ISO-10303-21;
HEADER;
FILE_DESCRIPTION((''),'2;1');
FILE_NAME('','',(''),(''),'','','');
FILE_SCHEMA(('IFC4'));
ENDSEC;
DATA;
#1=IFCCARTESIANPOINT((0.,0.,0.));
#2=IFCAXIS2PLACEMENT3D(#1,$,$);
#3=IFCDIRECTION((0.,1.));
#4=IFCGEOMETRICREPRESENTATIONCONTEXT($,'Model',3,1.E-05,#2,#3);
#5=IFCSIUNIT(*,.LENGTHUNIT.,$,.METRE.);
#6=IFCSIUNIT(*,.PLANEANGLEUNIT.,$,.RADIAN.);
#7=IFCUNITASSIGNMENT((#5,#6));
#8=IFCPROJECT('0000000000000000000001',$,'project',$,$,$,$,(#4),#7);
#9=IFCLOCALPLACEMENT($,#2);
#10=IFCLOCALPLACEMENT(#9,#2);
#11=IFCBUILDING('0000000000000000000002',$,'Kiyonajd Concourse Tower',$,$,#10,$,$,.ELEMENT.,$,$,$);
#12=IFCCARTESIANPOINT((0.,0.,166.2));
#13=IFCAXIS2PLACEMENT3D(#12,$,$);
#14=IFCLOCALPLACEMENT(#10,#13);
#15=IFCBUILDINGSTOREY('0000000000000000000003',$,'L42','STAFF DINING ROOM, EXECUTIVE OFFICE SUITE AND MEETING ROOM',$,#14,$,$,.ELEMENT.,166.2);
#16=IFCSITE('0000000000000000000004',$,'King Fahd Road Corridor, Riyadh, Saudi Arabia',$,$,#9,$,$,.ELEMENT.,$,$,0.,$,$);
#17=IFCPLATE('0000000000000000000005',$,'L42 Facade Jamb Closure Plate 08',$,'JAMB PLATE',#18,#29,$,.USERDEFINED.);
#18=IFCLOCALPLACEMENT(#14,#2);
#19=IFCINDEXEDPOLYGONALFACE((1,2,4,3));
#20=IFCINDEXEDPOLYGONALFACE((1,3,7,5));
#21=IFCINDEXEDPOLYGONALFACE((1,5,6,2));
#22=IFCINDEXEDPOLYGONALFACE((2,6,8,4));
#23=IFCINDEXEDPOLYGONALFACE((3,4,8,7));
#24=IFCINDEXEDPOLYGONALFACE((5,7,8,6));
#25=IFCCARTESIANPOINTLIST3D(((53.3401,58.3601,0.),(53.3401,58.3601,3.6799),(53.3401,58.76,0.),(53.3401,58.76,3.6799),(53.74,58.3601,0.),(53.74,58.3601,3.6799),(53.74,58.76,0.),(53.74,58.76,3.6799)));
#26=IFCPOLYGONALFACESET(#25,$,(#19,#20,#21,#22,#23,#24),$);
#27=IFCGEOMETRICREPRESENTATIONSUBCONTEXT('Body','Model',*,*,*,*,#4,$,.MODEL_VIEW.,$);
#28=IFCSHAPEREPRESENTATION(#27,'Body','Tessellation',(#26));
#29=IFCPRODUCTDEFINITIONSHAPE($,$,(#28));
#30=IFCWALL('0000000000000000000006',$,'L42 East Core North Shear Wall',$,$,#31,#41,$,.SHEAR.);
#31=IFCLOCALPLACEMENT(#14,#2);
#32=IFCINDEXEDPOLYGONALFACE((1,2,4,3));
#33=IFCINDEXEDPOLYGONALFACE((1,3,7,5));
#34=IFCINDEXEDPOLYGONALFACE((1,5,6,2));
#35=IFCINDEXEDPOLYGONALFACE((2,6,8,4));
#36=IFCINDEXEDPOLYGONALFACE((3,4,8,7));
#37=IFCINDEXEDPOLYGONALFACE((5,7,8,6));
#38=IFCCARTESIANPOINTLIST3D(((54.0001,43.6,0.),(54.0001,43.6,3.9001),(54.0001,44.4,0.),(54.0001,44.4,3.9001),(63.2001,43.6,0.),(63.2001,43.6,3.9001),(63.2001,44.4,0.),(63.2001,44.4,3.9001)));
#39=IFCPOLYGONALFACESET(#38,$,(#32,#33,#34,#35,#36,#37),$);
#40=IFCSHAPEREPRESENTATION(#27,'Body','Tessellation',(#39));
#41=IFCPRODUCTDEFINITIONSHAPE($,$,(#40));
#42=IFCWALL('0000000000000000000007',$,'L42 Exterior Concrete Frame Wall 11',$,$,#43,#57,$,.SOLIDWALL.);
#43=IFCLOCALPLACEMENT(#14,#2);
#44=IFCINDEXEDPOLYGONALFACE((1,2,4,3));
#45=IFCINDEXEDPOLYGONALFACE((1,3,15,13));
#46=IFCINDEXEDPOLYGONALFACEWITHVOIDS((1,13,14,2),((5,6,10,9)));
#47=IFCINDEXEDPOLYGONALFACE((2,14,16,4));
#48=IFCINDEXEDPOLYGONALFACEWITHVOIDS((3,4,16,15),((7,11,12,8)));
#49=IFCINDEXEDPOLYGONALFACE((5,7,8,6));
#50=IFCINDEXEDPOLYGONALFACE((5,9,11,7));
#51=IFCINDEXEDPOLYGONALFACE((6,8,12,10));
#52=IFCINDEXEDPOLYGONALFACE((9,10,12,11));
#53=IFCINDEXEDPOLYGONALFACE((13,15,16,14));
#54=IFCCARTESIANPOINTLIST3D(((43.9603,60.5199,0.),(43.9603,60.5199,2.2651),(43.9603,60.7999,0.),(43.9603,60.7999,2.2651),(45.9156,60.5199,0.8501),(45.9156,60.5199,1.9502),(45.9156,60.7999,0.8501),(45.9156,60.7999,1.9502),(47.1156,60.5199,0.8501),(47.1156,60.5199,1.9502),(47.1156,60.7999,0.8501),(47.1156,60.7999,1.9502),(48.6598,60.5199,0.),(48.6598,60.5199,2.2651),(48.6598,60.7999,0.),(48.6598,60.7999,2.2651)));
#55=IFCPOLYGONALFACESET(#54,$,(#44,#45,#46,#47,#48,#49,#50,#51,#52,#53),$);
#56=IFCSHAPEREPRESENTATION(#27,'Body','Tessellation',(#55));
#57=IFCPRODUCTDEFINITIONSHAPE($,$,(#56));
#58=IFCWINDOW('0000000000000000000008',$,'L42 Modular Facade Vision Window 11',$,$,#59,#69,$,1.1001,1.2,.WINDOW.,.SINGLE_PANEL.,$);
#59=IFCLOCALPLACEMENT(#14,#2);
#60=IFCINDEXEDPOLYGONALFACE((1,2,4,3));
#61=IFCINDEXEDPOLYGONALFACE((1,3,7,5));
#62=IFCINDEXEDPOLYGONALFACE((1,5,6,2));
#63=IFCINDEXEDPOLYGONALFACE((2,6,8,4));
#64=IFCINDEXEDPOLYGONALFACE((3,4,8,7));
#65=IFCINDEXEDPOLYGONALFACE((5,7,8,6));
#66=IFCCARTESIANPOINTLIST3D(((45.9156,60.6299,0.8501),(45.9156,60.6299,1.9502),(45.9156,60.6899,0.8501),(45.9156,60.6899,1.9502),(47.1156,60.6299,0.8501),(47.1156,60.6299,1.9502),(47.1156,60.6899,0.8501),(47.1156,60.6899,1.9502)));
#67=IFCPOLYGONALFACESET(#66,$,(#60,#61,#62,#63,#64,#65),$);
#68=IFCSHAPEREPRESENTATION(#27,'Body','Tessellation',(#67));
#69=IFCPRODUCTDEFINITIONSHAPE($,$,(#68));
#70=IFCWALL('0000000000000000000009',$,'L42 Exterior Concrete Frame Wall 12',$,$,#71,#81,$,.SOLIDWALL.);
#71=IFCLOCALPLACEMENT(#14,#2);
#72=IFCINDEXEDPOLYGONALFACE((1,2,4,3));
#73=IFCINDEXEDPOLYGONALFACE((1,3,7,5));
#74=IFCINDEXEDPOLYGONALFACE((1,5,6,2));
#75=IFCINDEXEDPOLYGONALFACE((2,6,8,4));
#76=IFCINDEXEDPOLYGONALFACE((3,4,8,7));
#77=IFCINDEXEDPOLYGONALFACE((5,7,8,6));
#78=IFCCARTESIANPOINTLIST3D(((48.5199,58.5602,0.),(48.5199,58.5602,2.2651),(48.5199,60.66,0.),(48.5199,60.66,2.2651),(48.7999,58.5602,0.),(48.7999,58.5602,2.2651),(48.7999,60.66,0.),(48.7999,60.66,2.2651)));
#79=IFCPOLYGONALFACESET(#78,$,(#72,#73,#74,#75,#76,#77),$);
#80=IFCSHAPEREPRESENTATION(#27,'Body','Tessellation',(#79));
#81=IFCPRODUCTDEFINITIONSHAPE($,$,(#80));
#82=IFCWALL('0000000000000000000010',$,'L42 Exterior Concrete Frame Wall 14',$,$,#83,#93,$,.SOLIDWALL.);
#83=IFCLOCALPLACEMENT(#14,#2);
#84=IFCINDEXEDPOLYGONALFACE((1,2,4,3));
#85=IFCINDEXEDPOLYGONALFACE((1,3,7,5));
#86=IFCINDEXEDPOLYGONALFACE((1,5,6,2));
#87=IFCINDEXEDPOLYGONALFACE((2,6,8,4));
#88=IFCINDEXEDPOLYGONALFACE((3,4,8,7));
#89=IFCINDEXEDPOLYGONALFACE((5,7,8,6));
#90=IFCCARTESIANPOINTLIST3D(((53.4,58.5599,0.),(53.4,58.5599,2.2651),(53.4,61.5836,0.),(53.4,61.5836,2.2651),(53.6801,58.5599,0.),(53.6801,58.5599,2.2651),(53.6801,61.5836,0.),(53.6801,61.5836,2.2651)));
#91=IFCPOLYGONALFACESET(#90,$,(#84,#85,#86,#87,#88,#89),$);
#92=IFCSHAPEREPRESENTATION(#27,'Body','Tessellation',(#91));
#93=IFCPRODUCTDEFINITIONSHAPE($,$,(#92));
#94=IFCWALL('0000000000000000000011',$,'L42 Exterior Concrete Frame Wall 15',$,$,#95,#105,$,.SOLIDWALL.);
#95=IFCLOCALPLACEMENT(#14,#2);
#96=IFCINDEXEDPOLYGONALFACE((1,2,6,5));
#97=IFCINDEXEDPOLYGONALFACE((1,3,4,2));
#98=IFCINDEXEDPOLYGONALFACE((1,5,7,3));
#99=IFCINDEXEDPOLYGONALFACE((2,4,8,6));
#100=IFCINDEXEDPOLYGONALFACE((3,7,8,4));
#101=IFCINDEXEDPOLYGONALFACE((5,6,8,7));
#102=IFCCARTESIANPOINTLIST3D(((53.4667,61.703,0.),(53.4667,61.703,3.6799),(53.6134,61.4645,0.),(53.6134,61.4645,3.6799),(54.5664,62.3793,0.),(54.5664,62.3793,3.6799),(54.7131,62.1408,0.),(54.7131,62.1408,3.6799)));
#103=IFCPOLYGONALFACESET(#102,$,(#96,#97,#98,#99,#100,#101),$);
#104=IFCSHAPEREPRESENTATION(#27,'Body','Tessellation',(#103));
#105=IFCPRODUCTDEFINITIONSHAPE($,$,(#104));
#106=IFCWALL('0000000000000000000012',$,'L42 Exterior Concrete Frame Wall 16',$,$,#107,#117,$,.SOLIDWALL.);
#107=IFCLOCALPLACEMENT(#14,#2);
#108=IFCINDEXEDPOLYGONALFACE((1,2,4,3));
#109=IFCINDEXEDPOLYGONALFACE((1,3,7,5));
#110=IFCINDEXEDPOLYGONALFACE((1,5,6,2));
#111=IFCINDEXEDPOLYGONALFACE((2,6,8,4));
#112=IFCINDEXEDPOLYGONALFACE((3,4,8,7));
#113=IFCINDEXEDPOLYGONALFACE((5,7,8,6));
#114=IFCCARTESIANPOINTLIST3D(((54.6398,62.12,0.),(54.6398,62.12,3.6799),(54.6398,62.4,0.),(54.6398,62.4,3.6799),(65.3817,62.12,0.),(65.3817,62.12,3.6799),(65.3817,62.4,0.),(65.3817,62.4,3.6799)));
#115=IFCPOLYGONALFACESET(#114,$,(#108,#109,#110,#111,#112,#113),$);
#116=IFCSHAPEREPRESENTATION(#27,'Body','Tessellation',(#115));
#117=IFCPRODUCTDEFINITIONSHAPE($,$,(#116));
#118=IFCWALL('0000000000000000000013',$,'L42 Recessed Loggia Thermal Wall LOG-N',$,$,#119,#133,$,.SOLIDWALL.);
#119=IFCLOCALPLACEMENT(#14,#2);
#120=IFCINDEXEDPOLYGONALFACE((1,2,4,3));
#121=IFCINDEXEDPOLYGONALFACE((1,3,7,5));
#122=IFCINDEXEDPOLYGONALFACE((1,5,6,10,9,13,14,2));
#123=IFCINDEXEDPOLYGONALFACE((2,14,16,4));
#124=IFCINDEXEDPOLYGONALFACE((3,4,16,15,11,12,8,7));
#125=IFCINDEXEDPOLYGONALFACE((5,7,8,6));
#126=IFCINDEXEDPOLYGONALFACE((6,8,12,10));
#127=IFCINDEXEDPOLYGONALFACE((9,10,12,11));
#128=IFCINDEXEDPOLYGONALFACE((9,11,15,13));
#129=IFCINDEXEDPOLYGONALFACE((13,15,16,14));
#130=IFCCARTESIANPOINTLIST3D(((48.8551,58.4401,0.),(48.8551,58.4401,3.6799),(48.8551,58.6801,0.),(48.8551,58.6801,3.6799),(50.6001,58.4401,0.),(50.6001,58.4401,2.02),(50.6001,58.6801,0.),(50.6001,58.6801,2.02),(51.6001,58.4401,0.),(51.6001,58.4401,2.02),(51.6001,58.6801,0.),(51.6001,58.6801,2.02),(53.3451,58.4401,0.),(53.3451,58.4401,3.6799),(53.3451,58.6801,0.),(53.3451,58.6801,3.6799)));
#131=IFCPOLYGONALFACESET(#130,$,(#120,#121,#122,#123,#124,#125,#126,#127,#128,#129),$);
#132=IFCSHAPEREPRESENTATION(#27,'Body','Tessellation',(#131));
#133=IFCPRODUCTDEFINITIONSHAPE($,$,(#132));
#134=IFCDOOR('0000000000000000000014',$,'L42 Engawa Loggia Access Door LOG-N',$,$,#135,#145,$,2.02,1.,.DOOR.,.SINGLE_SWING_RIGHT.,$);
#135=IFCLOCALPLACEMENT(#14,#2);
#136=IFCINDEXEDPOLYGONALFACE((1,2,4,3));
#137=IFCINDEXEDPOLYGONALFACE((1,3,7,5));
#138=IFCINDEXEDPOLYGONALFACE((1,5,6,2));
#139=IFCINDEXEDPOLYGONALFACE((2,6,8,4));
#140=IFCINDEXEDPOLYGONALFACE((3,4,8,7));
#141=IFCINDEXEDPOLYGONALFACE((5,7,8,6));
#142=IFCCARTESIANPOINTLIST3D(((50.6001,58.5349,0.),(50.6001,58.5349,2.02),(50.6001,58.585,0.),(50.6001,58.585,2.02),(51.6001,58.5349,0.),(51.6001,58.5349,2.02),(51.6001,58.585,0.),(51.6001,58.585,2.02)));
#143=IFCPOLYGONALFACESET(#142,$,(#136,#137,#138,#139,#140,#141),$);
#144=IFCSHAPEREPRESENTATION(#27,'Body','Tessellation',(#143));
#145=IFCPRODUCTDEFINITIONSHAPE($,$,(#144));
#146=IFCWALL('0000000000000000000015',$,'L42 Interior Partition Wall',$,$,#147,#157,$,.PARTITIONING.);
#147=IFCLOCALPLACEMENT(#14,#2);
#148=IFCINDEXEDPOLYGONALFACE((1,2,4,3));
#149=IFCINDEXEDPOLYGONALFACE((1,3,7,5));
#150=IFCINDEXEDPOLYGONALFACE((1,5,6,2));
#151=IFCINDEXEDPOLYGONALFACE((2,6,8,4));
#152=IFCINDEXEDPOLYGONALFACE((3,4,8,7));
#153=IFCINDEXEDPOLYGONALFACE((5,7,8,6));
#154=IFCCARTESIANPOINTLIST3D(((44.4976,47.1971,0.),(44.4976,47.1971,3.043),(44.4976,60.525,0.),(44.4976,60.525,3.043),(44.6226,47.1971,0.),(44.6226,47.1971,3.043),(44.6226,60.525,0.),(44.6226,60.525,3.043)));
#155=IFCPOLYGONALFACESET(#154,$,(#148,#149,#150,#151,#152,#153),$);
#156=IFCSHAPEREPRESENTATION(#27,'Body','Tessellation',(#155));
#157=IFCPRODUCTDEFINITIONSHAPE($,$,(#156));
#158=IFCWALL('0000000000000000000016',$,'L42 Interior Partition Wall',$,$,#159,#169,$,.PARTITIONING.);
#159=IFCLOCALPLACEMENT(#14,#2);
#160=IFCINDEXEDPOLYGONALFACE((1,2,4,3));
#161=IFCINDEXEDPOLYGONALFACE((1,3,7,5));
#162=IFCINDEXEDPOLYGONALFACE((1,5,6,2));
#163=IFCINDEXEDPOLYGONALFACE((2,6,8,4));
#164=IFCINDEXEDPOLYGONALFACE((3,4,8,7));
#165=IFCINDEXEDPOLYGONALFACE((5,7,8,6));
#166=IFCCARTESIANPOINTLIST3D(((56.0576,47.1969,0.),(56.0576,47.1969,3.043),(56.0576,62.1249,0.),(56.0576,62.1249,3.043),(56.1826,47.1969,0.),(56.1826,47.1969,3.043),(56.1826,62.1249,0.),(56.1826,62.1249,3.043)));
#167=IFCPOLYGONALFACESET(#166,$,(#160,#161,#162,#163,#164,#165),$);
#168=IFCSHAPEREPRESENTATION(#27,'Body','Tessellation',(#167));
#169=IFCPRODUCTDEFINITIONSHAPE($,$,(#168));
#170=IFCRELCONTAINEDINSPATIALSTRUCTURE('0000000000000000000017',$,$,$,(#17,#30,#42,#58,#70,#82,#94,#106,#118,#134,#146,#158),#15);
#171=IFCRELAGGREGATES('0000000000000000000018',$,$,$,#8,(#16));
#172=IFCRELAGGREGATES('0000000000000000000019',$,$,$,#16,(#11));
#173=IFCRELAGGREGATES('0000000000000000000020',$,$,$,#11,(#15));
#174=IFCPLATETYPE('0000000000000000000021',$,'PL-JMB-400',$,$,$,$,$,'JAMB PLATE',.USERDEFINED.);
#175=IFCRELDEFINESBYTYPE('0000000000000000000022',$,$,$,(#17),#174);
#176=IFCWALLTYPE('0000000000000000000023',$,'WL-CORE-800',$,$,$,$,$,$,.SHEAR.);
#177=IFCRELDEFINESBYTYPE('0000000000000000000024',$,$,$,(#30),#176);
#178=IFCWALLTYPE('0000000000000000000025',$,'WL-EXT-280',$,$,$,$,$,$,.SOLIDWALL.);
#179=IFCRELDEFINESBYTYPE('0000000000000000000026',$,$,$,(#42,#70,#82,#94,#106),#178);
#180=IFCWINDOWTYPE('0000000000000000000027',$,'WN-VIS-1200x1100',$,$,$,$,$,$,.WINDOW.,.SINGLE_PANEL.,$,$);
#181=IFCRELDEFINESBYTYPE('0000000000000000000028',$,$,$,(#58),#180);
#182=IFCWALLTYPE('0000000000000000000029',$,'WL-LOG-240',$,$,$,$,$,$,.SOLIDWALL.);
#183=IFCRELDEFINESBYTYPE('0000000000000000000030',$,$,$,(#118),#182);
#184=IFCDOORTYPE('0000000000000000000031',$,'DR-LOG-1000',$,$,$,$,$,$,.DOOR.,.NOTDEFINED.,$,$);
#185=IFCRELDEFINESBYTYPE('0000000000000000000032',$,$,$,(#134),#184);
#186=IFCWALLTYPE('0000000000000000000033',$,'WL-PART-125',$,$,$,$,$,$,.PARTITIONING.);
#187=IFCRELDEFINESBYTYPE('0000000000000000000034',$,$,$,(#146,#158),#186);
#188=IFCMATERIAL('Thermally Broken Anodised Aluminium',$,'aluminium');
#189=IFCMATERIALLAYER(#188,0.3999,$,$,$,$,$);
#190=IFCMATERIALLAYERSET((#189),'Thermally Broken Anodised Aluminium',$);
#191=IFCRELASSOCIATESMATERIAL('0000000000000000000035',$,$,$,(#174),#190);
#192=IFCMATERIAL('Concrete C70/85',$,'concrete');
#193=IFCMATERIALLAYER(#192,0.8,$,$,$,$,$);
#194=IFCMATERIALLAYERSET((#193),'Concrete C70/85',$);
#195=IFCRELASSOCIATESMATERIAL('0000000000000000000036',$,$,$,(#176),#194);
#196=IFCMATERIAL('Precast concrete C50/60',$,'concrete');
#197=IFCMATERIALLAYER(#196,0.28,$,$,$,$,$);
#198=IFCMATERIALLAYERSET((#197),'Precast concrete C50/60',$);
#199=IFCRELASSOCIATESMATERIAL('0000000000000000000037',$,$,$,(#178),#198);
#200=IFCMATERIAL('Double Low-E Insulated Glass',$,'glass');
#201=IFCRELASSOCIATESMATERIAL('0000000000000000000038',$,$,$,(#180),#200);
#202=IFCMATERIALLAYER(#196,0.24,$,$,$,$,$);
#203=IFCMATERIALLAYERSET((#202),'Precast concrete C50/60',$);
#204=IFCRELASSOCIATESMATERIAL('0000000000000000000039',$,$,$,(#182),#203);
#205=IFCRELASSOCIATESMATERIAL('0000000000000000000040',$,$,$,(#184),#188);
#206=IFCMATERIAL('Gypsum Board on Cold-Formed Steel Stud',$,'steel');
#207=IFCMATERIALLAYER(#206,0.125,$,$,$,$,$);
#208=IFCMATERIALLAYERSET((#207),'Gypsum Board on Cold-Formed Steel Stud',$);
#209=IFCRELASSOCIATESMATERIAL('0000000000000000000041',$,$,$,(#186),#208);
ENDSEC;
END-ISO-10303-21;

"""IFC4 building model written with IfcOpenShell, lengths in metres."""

from ifc_helpers import new_model, si_unit, direction, frame, frame_2d, origin, origin_2d, place, context, subcontext, project, spatial, rectangle, extrude, material, layer, layer_set, type_object, element, fill, save


model = new_model("IFC4")

# Units and contexts
model_context = context("Model", 3, precision=1e-05, world=origin(), true_north=direction((0.0, 1.0)))
body_context = subcontext(model_context, "Body", "Model", "MODEL_VIEW")
ifc_project = project(units=[si_unit("LENGTHUNIT", "METRE"), si_unit("PLANEANGLEUNIT", "RADIAN")], contexts=[model_context])

# Site, building, storey
site_placement = place(None, origin())
site = spatial("IfcSite", under=ifc_project, at=site_placement, Name="King Fahd Road Corridor, Riyadh, Saudi Arabia", CompositionType="ELEMENT", RefElevation=0.0)
building_placement = place(site_placement, origin())
building = spatial("IfcBuilding", under=site, at=building_placement, Name="Kiyonajd Concourse Tower", CompositionType="ELEMENT")
storey_placement = place(building_placement, frame((0.0, 0.0, 166.2)))
storey = spatial("IfcBuildingStorey", under=building, at=storey_placement, Name="L42", Description="STAFF DINING ROOM, EXECUTIVE OFFICE SUITE AND MEETING ROOM", CompositionType="ELEMENT", Elevation=166.2)

# Shared definitions
ifc_material_1 = material(Name="Concrete C70/85", Category="concrete")

# Plate
ifc_material_2 = material(Name="Thermally Broken Anodised Aluminium", Category="aluminium")
ifc_layer_1 = layer(ifc_material_2, 0.3999)
ifc_layer_set_1 = layer_set([ifc_layer_1], Name="Thermally Broken Anodised Aluminium")
plate_type_1 = type_object("IfcPlateType", Name="PL-JMB-400", ElementType="JAMB PLATE", PredefinedType="USERDEFINED", material=ifc_layer_set_1)
for number, where, z_axis, x_axis, name in (
    (1, (53.54, 58.5601, 0.0), (0.0, 0.0, 1.0), (1.0, 0.0, 0.0), "L42 Facade Jamb Closure Plate 08"),
):
    element("IfcPlate", number, at=place(storey_placement, frame(where, z_axis=z_axis, x_axis=x_axis)), inside=storey, type_object=plate_type_1, Name=name, ObjectType="JAMB PLATE", PredefinedType="USERDEFINED", context=body_context, shape_type="SweptSolid", body=[
        extrude(rectangle(XDim=0.3999, YDim=0.3999, at=origin_2d()), origin(), (0.0, 0.0, 1.0), 3.6799),
    ])

# Wall
ifc_layer_2 = layer(ifc_material_1, 0.8)
ifc_layer_set_2 = layer_set([ifc_layer_2], Name="Concrete C70/85")
wall_type_1 = type_object("IfcWallType", Name="WL-CORE-800", PredefinedType="SHEAR", material=ifc_layer_set_2)
wall_1_placement = place(storey_placement, frame((54.0, 44.0, 0.0), z_axis=(0.0, 0.0, 1.0), x_axis=(1.0, 0.0, 0.0)))
element("IfcWall", 2, at=wall_1_placement, inside=storey, type_object=wall_type_1, Name="L42 East Core North Shear Wall", PredefinedType="SHEAR", context=body_context, shape_type="SweptSolid", body=[
    extrude(rectangle(XDim=9.2, YDim=0.8, at=frame_2d((4.6001, 0.0))), origin(), (0.0, 0.0, 1.0), 3.9001),
])

# Wall, opening, window
ifc_material_3 = material(Name="Precast concrete C50/60", Category="concrete")
ifc_layer_3 = layer(ifc_material_3, 0.28)
ifc_layer_set_3 = layer_set([ifc_layer_3], Name="Precast concrete C50/60")
wall_type_2 = type_object("IfcWallType", Name="WL-EXT-280", PredefinedType="SOLIDWALL", material=ifc_layer_set_3)
wall_2_placement = place(storey_placement, frame((43.9604, 60.6599, 0.0), z_axis=(0.0, 0.0, 1.0), x_axis=(1.0, 0.0, 0.0)))
wall_2 = element("IfcWall", 3, at=wall_2_placement, inside=storey, type_object=wall_type_2, Name="L42 Exterior Concrete Frame Wall 11", PredefinedType="SOLIDWALL", context=body_context, shape_type="SweptSolid", body=[
    extrude(rectangle(XDim=4.6995, YDim=0.28, at=frame_2d((2.3496, 0.0))), origin(), (0.0, 0.0, 1.0), 2.2651),
])
opening_1_placement = place(wall_2_placement, frame((1.9551, 0.0, 0.8501)))
opening_1 = element("IfcOpeningElement", 4, at=opening_1_placement, cuts=wall_2, PredefinedType="OPENING", context=body_context, shape_type="SweptSolid", body=[
    extrude(rectangle(XDim=1.2, YDim=1.1001, at=frame_2d((0.6001, 0.55))), frame((0.0, 0.1499, 0.0), z_axis=(0.0, -1.0, 0.0), x_axis=(1.0, 0.0, 0.0)), (0.0, 0.0, 1.0), 0.3),
])
ifc_material_4 = material(Name="Double Low-E Insulated Glass", Category="glass")
window_type = type_object("IfcWindowType", Name="WN-VIS-1200x1100", PartitioningType="SINGLE_PANEL", PredefinedType="WINDOW", material=ifc_material_4)
window_placement = place(opening_1_placement, origin())
window = element("IfcWindow", 5, at=window_placement, inside=storey, type_object=window_type, Name="L42 Modular Facade Vision Window 11", OverallHeight=1.1001, OverallWidth=1.2, PartitioningType="SINGLE_PANEL", PredefinedType="WINDOW", context=body_context, shape_type="SweptSolid", body=[
    extrude(rectangle(XDim=1.2, YDim=1.1001, at=frame_2d((0.6001, 0.55))), frame((0.0, 0.03, 0.0), z_axis=(0.0, -1.0, 0.0), x_axis=(1.0, 0.0, 0.0)), (0.0, 0.0, 1.0), 0.0601),
])
fill(opening_1, window)

# Walls
wall_3_placement = place(storey_placement, frame((48.6599, 60.6599, 0.0), z_axis=(0.0, 0.0, 1.0), x_axis=(0.0, -1.0, 0.0)))
element("IfcWall", 6, at=wall_3_placement, inside=storey, type_object=wall_type_2, Name="L42 Exterior Concrete Frame Wall 12", PredefinedType="SOLIDWALL", context=body_context, shape_type="SweptSolid", body=[
    extrude(rectangle(XDim=2.0999, YDim=0.28, at=frame_2d((1.0498, 0.0))), origin(), (0.0, 0.0, 1.0), 2.2651),
])
wall_4_placement = place(storey_placement, frame((53.54, 58.5601, 0.0), z_axis=(0.0, 0.0, 1.0), x_axis=(0.0, 1.0, 0.0)))
element("IfcWall", 7, at=wall_4_placement, inside=storey, type_object=wall_type_2, Name="L42 Exterior Concrete Frame Wall 14", PredefinedType="SOLIDWALL", context=body_context, shape_type="SweptSolid", body=[
    extrude(rectangle(XDim=3.0237, YDim=0.28, at=frame_2d((1.5117, 0.0))), origin(), (0.0, 0.0, 1.0), 2.2651),
])
wall_5_placement = place(storey_placement, frame((53.54, 61.5837, 0.0), z_axis=(0.0, 0.0, 1.0), x_axis=(0.851801, 0.523865, 0.0)))
element("IfcWall", 8, at=wall_5_placement, inside=storey, type_object=wall_type_2, Name="L42 Exterior Concrete Frame Wall 15", PredefinedType="SOLIDWALL", context=body_context, shape_type="SweptSolid", body=[
    extrude(rectangle(XDim=1.291, YDim=0.28, at=frame_2d((0.6455, 0.0))), origin(), (0.0, 0.0, 1.0), 3.6799),
])
wall_6_placement = place(storey_placement, frame((54.6396, 62.26, 0.0), z_axis=(0.0, 0.0, 1.0), x_axis=(1.0, 0.0, 0.0)))
element("IfcWall", 9, at=wall_6_placement, inside=storey, type_object=wall_type_2, Name="L42 Exterior Concrete Frame Wall 16", PredefinedType="SOLIDWALL", context=body_context, shape_type="SweptSolid", body=[
    extrude(rectangle(XDim=10.7419, YDim=0.28, at=frame_2d((5.3711, 0.0))), origin(), (0.0, 0.0, 1.0), 3.6799),
])

# Wall, opening, door
ifc_layer_4 = layer(ifc_material_3, 0.24)
ifc_layer_set_4 = layer_set([ifc_layer_4], Name="Precast concrete C50/60")
wall_type_3 = type_object("IfcWallType", Name="WL-LOG-240", PredefinedType="SOLIDWALL", material=ifc_layer_set_4)
wall_7_placement = place(storey_placement, frame((48.855, 58.5601, 0.0), z_axis=(0.0, 0.0, 1.0), x_axis=(1.0, 0.0, 0.0)))
wall_7 = element("IfcWall", 10, at=wall_7_placement, inside=storey, type_object=wall_type_3, Name="L42 Recessed Loggia Thermal Wall LOG-N", PredefinedType="SOLIDWALL", context=body_context, shape_type="SweptSolid", body=[
    extrude(rectangle(XDim=4.49, YDim=0.24, at=frame_2d((2.2451, 0.0))), origin(), (0.0, 0.0, 1.0), 3.6799),
])
opening_2_placement = place(wall_7_placement, frame((1.7451, 0.0, 0.0)))
opening_2 = element("IfcOpeningElement", 11, at=opening_2_placement, cuts=wall_7, PredefinedType="OPENING", context=body_context, shape_type="SweptSolid", body=[
    extrude(rectangle(XDim=1.0, YDim=2.02, at=frame_2d((0.5, 1.01))), frame((0.0, 0.1299, 0.0), z_axis=(0.0, -1.0, 0.0), x_axis=(1.0, 0.0, 0.0)), (0.0, 0.0, 1.0), 0.26),
])
door_type = type_object("IfcDoorType", Name="DR-LOG-1000", OperationType="NOTDEFINED", PredefinedType="DOOR", material=ifc_material_2)
door_placement = place(opening_2_placement, origin())
door = element("IfcDoor", 12, at=door_placement, inside=storey, type_object=door_type, Name="L42 Engawa Loggia Access Door LOG-N", OperationType="SINGLE_SWING_RIGHT", OverallHeight=2.02, OverallWidth=1.0, PredefinedType="DOOR", context=body_context, shape_type="SweptSolid", body=[
    extrude(rectangle(XDim=1.0, YDim=2.02, at=frame_2d((0.5, 1.01))), frame((0.0, 0.0249, 0.0), z_axis=(0.0, -1.0, 0.0), x_axis=(1.0, 0.0, 0.0)), (0.0, 0.0, 1.0), 0.05),
])
fill(opening_2, door)

# Walls
ifc_material_5 = material(Name="Gypsum Board on Cold-Formed Steel Stud", Category="steel")
ifc_layer_5 = layer(ifc_material_5, 0.125)
ifc_layer_set_5 = layer_set([ifc_layer_5], Name="Gypsum Board on Cold-Formed Steel Stud")
wall_type_4 = type_object("IfcWallType", Name="WL-PART-125", PredefinedType="PARTITIONING", material=ifc_layer_set_5)
wall_8_placement = place(storey_placement, frame((44.5601, 47.197, 0.0), z_axis=(0.0, 0.0, 1.0), x_axis=(0.0, 1.0, 0.0)))
element("IfcWall", 13, at=wall_8_placement, inside=storey, type_object=wall_type_4, Name="L42 Interior Partition Wall", PredefinedType="PARTITIONING", context=body_context, shape_type="SweptSolid", body=[
    extrude(rectangle(XDim=13.3279, YDim=0.125, at=frame_2d((6.6641, 0.0))), origin(), (0.0, 0.0, 1.0), 3.043),
])
wall_9_placement = place(storey_placement, frame((56.1201, 47.197, 0.0), z_axis=(0.0, 0.0, 1.0), x_axis=(0.0, 1.0, 0.0)))
element("IfcWall", 14, at=wall_9_placement, inside=storey, type_object=wall_type_4, Name="L42 Interior Partition Wall", PredefinedType="PARTITIONING", context=body_context, shape_type="SweptSolid", body=[
    extrude(rectangle(XDim=14.928, YDim=0.125, at=frame_2d((7.4639, 0.0))), origin(), (0.0, 0.0, 1.0), 3.043),
])

save(model, "model.ifc")
